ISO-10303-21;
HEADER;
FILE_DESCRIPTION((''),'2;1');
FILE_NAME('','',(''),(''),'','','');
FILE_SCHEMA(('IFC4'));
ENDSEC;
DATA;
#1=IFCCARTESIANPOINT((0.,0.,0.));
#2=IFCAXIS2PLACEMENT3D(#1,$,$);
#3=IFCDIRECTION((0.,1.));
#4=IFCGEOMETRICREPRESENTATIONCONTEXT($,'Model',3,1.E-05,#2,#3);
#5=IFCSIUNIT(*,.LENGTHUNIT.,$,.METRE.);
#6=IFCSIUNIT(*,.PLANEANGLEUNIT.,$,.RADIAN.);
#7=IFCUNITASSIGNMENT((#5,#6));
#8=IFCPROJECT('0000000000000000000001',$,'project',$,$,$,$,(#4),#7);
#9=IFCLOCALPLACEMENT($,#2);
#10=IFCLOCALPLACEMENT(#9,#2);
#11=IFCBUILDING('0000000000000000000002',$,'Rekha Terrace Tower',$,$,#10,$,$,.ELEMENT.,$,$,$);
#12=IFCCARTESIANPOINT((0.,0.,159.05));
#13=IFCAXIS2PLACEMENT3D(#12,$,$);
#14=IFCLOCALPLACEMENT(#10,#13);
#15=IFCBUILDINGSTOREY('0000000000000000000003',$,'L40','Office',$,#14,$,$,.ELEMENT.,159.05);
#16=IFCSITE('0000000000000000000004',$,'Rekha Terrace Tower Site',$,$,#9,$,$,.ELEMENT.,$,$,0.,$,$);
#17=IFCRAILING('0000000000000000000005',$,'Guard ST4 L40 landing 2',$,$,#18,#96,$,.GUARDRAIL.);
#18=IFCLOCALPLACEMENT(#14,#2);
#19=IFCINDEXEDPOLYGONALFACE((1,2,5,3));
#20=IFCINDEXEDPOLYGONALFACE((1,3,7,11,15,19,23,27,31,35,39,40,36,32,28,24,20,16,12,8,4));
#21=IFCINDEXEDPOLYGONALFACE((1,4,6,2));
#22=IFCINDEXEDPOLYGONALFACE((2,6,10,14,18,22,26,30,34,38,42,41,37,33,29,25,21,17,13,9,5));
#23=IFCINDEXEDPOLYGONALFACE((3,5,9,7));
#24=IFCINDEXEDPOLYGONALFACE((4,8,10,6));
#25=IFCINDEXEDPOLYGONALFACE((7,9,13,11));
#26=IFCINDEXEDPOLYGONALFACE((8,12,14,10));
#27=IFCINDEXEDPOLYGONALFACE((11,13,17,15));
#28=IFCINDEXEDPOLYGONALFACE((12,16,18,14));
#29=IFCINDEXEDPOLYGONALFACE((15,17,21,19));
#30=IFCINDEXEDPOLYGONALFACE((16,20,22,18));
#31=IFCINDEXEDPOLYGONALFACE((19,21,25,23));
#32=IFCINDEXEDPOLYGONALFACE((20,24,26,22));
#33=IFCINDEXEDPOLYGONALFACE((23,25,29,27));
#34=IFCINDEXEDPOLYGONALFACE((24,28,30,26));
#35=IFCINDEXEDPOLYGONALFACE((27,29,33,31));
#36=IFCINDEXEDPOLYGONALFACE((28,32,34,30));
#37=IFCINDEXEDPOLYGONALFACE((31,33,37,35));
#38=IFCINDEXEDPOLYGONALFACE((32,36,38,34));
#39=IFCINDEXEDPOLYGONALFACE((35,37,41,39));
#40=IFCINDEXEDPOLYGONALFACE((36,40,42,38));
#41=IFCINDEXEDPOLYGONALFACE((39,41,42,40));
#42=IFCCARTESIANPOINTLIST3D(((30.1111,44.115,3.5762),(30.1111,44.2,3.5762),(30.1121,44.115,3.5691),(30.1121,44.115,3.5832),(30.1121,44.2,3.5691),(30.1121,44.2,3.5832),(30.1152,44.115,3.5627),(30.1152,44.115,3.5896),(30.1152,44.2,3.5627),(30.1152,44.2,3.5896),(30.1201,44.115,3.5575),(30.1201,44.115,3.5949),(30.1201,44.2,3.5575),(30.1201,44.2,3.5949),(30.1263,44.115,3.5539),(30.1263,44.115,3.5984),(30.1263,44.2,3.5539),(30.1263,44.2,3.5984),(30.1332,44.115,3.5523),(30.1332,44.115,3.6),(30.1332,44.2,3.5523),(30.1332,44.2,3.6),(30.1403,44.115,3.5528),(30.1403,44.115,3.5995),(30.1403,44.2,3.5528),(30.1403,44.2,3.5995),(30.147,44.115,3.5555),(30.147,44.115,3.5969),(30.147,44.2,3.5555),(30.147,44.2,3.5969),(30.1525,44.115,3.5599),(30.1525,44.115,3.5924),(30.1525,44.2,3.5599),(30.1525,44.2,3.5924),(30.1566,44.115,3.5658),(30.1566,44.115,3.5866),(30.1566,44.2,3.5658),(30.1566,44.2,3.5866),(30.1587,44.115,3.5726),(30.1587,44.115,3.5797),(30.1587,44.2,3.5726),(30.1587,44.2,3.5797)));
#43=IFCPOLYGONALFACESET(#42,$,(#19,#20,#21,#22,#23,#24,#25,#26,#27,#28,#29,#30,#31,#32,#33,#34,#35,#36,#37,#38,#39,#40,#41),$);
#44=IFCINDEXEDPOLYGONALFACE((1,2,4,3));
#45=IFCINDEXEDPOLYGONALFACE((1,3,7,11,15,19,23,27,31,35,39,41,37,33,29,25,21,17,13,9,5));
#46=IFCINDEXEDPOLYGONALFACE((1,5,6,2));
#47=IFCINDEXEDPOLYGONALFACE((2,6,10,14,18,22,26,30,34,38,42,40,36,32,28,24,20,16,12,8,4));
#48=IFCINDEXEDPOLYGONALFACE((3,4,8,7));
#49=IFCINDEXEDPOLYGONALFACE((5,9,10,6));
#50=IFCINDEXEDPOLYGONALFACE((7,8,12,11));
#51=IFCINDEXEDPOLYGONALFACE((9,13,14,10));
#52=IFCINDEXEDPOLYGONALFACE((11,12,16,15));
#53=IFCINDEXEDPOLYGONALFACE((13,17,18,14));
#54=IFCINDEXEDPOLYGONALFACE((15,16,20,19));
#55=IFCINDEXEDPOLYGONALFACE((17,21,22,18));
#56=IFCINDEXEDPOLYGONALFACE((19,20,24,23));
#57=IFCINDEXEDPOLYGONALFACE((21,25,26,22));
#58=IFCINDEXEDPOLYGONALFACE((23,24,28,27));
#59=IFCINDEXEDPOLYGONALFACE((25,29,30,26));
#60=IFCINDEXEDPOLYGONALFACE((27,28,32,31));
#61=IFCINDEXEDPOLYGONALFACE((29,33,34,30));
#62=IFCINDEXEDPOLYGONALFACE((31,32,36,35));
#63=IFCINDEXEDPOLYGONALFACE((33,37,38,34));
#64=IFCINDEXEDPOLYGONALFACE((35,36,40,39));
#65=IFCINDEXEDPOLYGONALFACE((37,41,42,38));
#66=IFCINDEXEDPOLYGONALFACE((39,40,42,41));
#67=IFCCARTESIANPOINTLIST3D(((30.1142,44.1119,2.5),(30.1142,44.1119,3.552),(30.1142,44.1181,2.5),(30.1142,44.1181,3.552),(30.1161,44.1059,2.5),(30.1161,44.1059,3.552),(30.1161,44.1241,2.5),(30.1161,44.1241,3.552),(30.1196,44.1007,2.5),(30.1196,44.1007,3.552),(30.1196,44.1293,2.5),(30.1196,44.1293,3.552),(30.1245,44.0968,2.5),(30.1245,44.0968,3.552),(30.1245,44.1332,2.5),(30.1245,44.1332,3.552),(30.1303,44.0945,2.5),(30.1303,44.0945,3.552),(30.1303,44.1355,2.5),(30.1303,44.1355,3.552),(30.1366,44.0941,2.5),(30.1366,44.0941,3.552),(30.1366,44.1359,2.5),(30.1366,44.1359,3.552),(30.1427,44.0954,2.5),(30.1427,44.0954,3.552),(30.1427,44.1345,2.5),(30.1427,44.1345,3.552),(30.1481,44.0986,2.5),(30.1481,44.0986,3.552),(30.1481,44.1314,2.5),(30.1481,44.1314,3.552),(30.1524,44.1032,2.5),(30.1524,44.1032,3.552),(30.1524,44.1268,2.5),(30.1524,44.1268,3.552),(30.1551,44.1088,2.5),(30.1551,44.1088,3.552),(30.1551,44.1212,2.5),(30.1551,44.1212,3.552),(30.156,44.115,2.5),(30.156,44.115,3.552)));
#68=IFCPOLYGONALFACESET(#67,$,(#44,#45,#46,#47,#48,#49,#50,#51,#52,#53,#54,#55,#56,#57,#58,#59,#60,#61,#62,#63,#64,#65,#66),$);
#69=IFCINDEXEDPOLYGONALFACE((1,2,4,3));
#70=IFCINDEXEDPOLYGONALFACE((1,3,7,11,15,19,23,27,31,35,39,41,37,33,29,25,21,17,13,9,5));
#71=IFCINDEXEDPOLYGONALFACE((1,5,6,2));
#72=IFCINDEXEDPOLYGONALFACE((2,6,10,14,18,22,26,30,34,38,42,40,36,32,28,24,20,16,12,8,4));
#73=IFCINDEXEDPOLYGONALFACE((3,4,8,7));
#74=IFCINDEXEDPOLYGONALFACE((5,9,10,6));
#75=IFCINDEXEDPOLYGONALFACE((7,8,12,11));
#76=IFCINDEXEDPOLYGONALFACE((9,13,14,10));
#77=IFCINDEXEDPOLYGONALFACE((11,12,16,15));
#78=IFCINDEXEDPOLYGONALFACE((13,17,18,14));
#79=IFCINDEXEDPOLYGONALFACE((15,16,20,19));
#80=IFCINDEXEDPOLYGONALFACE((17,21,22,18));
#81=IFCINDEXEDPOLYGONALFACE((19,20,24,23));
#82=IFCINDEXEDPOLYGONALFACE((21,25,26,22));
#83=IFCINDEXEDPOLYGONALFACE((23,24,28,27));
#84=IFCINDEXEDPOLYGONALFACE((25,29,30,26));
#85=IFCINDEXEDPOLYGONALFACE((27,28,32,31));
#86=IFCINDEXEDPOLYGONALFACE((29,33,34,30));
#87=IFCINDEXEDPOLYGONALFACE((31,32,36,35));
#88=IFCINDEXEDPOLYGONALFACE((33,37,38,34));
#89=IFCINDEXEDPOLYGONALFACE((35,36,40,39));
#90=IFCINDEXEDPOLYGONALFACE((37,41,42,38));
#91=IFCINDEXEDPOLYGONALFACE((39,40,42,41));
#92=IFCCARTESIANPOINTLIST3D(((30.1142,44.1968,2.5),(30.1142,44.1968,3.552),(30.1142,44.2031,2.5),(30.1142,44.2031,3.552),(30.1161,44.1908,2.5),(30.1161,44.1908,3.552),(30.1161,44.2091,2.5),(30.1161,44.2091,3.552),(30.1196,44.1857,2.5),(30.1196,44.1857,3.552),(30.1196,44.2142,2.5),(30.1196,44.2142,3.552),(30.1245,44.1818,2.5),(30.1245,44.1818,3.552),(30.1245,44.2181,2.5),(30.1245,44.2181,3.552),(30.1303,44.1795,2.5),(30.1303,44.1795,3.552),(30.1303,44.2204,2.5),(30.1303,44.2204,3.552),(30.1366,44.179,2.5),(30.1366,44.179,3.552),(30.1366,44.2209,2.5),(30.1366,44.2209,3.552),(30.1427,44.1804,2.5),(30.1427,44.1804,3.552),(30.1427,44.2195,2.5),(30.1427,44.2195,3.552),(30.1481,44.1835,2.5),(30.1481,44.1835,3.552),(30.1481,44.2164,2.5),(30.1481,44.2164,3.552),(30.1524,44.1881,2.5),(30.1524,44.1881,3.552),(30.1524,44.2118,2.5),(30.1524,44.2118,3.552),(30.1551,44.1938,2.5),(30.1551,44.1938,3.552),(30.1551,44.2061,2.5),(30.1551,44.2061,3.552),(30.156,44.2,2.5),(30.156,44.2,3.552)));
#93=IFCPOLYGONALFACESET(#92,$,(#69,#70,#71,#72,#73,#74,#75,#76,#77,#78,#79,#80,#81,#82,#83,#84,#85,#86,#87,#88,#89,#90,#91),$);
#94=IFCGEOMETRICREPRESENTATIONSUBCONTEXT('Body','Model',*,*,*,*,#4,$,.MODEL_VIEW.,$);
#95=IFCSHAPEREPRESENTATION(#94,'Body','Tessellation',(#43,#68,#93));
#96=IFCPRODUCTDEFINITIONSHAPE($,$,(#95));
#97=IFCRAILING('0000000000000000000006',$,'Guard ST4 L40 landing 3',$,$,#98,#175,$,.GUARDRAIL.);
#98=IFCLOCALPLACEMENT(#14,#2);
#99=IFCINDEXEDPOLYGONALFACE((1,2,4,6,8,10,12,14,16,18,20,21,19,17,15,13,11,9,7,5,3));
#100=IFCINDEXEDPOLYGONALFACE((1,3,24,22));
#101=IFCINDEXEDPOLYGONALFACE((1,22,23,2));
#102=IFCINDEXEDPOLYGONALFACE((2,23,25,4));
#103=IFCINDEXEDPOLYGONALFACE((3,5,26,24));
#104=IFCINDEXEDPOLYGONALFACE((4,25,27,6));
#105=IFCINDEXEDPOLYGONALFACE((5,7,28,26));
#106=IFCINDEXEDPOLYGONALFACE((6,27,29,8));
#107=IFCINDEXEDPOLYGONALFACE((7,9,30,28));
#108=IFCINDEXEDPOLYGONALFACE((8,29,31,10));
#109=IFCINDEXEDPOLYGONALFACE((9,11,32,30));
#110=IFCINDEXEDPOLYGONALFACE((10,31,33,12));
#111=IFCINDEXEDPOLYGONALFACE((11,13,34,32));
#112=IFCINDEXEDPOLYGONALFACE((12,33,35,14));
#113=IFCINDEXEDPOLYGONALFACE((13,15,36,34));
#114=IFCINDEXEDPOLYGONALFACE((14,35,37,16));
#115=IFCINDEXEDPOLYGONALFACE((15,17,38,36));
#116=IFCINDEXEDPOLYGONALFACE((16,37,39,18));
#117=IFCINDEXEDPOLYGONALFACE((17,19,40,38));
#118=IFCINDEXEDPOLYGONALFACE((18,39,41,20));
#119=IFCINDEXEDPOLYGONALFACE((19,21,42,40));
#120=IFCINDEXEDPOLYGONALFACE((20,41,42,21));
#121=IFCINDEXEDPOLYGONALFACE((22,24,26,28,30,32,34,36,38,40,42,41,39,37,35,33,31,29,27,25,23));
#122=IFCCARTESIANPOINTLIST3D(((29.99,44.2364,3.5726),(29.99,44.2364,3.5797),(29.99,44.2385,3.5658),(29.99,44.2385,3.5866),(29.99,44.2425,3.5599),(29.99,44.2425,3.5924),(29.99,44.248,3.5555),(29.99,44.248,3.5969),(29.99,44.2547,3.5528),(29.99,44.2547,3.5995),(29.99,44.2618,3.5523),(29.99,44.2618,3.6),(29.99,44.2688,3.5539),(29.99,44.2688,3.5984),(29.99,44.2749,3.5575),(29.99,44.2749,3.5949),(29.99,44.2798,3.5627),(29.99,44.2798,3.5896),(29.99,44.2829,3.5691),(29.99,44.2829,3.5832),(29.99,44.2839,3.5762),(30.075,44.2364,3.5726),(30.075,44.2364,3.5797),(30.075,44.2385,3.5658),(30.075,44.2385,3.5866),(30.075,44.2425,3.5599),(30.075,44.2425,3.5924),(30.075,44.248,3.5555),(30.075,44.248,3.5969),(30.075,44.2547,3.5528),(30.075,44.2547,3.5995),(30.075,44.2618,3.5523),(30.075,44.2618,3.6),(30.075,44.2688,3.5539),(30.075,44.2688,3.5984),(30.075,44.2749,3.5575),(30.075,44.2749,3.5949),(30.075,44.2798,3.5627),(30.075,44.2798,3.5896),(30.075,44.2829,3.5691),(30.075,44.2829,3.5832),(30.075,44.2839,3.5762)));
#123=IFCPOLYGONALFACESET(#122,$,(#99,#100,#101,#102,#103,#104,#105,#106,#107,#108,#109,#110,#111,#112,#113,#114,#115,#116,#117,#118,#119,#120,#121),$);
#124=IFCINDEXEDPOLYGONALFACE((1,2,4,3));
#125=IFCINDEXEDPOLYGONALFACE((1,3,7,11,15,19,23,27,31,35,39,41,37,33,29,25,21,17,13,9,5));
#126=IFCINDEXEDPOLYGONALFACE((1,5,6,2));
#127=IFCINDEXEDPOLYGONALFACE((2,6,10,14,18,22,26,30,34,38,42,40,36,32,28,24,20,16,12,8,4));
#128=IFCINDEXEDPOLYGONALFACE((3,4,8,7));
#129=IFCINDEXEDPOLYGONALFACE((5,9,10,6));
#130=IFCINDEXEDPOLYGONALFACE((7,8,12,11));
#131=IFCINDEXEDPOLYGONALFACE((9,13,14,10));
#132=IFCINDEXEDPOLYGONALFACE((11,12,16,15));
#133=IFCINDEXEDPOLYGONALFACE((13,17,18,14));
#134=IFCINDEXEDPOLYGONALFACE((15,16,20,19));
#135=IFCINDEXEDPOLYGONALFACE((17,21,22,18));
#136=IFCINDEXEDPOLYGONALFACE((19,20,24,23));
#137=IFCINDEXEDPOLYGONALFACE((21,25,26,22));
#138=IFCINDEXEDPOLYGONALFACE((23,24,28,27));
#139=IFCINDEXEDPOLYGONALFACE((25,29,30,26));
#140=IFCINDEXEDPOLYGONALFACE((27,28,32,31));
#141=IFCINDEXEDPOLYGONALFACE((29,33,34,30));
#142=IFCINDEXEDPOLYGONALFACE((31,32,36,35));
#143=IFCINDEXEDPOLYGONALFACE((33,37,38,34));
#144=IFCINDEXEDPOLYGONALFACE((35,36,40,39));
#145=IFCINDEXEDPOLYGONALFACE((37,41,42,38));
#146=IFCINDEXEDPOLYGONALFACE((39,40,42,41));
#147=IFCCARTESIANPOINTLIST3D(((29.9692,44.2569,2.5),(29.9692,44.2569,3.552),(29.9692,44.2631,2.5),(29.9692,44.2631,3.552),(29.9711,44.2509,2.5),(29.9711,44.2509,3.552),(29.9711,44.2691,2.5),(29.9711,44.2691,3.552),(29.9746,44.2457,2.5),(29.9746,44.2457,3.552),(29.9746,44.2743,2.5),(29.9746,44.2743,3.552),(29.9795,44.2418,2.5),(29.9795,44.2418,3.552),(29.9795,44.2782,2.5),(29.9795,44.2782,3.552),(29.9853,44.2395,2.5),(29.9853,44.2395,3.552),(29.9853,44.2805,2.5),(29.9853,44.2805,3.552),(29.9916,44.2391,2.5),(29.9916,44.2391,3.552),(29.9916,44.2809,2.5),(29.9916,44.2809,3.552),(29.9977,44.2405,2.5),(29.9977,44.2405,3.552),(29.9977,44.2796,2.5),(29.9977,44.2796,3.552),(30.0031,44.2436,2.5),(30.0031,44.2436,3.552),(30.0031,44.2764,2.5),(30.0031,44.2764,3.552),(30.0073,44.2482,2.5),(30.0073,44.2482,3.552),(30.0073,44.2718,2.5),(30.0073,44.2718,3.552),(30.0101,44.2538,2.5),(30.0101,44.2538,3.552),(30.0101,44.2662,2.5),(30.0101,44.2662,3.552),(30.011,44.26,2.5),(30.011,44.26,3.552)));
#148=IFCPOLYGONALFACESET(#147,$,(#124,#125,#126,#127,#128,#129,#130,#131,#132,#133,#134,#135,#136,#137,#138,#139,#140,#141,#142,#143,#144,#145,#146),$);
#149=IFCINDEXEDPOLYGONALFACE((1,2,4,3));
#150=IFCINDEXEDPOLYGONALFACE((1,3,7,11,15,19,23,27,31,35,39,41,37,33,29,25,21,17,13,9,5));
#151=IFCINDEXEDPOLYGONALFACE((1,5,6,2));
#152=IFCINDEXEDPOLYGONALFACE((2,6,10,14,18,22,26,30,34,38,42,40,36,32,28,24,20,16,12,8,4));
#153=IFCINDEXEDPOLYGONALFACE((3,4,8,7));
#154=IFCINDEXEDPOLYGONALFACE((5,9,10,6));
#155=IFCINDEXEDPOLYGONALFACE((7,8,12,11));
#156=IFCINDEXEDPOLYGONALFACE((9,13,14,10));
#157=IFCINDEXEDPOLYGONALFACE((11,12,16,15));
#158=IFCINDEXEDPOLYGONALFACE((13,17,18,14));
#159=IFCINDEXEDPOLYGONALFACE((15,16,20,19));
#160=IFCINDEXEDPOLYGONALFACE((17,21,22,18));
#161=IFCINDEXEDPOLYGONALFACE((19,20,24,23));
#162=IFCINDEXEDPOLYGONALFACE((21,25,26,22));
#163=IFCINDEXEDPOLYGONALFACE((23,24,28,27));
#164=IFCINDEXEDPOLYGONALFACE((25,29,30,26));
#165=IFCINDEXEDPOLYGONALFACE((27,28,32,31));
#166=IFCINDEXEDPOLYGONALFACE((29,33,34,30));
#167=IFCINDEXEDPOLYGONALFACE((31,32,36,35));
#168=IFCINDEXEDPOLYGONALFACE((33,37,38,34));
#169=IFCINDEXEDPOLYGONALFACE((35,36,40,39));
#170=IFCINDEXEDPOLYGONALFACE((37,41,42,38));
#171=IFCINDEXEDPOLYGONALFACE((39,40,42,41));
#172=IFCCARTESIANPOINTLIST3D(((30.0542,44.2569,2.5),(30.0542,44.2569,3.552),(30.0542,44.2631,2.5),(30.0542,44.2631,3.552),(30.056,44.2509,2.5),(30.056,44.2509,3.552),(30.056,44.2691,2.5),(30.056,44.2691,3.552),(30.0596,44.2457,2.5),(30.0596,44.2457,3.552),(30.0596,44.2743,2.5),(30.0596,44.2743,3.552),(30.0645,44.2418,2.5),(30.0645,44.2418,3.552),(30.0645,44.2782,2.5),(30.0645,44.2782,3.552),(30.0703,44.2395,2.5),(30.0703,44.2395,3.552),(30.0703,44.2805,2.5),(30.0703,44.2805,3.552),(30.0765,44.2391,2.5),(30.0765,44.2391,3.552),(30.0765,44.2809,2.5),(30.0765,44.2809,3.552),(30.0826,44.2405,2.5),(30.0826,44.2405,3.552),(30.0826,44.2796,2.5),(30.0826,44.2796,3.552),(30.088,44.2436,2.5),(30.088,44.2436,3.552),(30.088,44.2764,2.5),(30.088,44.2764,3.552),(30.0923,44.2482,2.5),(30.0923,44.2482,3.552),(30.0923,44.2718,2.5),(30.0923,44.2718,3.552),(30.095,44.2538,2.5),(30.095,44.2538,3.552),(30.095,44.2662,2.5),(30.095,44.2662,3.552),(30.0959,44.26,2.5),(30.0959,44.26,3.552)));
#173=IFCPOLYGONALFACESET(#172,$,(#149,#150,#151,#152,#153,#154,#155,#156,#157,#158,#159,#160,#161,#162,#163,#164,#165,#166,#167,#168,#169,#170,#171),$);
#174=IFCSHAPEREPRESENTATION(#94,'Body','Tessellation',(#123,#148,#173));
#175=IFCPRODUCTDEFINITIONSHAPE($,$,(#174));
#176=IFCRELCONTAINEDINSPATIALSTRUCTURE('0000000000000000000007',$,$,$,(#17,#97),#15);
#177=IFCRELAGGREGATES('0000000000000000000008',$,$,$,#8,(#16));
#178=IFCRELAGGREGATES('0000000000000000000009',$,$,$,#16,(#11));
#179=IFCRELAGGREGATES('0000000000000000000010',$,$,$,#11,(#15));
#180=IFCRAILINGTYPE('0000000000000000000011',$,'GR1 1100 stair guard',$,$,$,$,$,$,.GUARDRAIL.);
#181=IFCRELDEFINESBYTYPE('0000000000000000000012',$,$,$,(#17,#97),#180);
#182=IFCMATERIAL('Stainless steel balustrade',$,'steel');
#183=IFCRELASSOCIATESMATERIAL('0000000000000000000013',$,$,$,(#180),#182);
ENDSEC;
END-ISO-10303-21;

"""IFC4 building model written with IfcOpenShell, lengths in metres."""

from ifc_helpers import new_model, si_unit, direction, frame, origin, origin_2d, place, context, subcontext, project, spatial, circle, extrude, material, type_object, element, save


model = new_model("IFC4")

# Units and contexts
model_context = context("Model", 3, precision=1e-05, world=origin(), true_north=direction((0.0, 1.0)))
body_context = subcontext(model_context, "Body", "Model", "MODEL_VIEW")
ifc_project = project(units=[si_unit("LENGTHUNIT", "METRE"), si_unit("PLANEANGLEUNIT", "RADIAN")], contexts=[model_context])

# Site, building, storey
site_placement = place(None, origin())
site = spatial("IfcSite", under=ifc_project, at=site_placement, Name="Rekha Terrace Tower Site", CompositionType="ELEMENT", RefElevation=0.0)
building_placement = place(site_placement, origin())
building = spatial("IfcBuilding", under=site, at=building_placement, Name="Rekha Terrace Tower", CompositionType="ELEMENT")
storey_placement = place(building_placement, frame((0.0, 0.0, 159.05)))
storey = spatial("IfcBuildingStorey", under=building, at=storey_placement, Name="L40", Description="Office", CompositionType="ELEMENT", Elevation=159.05)

# Railings
ifc_material_1 = material(Name="Stainless steel balustrade", Category="steel")
railing_type_1 = type_object("IfcRailingType", Name="GR1 1100 stair guard", PredefinedType="GUARDRAIL", material=ifc_material_1)
railing_1_placement = place(storey_placement, frame((30.135, 44.115, 2.5)))
element("IfcRailing", 1, at=railing_1_placement, inside=storey, type_object=railing_type_1, Name="Guard ST4 L40 landing 2", PredefinedType="GUARDRAIL", context=body_context, shape_type="SweptSolid", body=[
    extrude(circle(Radius=0.0239, at=origin_2d()), frame((0.0, 0.0, 1.0762), z_axis=(0.0, 1.0, 0.0), x_axis=(-1.0, 0.0, 0.0)), (0.0, 0.0, 1.0), 0.085),
    extrude(circle(Radius=0.021, at=origin_2d()), origin(), (0.0, 0.0, 1.0), 1.052),
    extrude(circle(Radius=0.021, at=origin_2d()), frame((0.0, 0.085, 0.0)), (0.0, 0.0, 1.0), 1.052),
])
railing_2_placement = place(storey_placement, frame((29.99, 44.26, 2.5)))
element("IfcRailing", 2, at=railing_2_placement, inside=storey, type_object=railing_type_1, Name="Guard ST4 L40 landing 3", PredefinedType="GUARDRAIL", context=body_context, shape_type="SweptSolid", body=[
    extrude(circle(Radius=0.0239, at=origin_2d()), frame((0.0, 0.0, 1.0762), z_axis=(1.0, 0.0, 0.0), x_axis=(0.0, 1.0, 0.0)), (0.0, 0.0, 1.0), 0.085),
    extrude(circle(Radius=0.021, at=origin_2d()), origin(), (0.0, 0.0, 1.0), 1.052),
    extrude(circle(Radius=0.021, at=origin_2d()), frame((0.085, 0.0, 0.0)), (0.0, 0.0, 1.0), 1.052),
])

save(model, "model.ifc")
